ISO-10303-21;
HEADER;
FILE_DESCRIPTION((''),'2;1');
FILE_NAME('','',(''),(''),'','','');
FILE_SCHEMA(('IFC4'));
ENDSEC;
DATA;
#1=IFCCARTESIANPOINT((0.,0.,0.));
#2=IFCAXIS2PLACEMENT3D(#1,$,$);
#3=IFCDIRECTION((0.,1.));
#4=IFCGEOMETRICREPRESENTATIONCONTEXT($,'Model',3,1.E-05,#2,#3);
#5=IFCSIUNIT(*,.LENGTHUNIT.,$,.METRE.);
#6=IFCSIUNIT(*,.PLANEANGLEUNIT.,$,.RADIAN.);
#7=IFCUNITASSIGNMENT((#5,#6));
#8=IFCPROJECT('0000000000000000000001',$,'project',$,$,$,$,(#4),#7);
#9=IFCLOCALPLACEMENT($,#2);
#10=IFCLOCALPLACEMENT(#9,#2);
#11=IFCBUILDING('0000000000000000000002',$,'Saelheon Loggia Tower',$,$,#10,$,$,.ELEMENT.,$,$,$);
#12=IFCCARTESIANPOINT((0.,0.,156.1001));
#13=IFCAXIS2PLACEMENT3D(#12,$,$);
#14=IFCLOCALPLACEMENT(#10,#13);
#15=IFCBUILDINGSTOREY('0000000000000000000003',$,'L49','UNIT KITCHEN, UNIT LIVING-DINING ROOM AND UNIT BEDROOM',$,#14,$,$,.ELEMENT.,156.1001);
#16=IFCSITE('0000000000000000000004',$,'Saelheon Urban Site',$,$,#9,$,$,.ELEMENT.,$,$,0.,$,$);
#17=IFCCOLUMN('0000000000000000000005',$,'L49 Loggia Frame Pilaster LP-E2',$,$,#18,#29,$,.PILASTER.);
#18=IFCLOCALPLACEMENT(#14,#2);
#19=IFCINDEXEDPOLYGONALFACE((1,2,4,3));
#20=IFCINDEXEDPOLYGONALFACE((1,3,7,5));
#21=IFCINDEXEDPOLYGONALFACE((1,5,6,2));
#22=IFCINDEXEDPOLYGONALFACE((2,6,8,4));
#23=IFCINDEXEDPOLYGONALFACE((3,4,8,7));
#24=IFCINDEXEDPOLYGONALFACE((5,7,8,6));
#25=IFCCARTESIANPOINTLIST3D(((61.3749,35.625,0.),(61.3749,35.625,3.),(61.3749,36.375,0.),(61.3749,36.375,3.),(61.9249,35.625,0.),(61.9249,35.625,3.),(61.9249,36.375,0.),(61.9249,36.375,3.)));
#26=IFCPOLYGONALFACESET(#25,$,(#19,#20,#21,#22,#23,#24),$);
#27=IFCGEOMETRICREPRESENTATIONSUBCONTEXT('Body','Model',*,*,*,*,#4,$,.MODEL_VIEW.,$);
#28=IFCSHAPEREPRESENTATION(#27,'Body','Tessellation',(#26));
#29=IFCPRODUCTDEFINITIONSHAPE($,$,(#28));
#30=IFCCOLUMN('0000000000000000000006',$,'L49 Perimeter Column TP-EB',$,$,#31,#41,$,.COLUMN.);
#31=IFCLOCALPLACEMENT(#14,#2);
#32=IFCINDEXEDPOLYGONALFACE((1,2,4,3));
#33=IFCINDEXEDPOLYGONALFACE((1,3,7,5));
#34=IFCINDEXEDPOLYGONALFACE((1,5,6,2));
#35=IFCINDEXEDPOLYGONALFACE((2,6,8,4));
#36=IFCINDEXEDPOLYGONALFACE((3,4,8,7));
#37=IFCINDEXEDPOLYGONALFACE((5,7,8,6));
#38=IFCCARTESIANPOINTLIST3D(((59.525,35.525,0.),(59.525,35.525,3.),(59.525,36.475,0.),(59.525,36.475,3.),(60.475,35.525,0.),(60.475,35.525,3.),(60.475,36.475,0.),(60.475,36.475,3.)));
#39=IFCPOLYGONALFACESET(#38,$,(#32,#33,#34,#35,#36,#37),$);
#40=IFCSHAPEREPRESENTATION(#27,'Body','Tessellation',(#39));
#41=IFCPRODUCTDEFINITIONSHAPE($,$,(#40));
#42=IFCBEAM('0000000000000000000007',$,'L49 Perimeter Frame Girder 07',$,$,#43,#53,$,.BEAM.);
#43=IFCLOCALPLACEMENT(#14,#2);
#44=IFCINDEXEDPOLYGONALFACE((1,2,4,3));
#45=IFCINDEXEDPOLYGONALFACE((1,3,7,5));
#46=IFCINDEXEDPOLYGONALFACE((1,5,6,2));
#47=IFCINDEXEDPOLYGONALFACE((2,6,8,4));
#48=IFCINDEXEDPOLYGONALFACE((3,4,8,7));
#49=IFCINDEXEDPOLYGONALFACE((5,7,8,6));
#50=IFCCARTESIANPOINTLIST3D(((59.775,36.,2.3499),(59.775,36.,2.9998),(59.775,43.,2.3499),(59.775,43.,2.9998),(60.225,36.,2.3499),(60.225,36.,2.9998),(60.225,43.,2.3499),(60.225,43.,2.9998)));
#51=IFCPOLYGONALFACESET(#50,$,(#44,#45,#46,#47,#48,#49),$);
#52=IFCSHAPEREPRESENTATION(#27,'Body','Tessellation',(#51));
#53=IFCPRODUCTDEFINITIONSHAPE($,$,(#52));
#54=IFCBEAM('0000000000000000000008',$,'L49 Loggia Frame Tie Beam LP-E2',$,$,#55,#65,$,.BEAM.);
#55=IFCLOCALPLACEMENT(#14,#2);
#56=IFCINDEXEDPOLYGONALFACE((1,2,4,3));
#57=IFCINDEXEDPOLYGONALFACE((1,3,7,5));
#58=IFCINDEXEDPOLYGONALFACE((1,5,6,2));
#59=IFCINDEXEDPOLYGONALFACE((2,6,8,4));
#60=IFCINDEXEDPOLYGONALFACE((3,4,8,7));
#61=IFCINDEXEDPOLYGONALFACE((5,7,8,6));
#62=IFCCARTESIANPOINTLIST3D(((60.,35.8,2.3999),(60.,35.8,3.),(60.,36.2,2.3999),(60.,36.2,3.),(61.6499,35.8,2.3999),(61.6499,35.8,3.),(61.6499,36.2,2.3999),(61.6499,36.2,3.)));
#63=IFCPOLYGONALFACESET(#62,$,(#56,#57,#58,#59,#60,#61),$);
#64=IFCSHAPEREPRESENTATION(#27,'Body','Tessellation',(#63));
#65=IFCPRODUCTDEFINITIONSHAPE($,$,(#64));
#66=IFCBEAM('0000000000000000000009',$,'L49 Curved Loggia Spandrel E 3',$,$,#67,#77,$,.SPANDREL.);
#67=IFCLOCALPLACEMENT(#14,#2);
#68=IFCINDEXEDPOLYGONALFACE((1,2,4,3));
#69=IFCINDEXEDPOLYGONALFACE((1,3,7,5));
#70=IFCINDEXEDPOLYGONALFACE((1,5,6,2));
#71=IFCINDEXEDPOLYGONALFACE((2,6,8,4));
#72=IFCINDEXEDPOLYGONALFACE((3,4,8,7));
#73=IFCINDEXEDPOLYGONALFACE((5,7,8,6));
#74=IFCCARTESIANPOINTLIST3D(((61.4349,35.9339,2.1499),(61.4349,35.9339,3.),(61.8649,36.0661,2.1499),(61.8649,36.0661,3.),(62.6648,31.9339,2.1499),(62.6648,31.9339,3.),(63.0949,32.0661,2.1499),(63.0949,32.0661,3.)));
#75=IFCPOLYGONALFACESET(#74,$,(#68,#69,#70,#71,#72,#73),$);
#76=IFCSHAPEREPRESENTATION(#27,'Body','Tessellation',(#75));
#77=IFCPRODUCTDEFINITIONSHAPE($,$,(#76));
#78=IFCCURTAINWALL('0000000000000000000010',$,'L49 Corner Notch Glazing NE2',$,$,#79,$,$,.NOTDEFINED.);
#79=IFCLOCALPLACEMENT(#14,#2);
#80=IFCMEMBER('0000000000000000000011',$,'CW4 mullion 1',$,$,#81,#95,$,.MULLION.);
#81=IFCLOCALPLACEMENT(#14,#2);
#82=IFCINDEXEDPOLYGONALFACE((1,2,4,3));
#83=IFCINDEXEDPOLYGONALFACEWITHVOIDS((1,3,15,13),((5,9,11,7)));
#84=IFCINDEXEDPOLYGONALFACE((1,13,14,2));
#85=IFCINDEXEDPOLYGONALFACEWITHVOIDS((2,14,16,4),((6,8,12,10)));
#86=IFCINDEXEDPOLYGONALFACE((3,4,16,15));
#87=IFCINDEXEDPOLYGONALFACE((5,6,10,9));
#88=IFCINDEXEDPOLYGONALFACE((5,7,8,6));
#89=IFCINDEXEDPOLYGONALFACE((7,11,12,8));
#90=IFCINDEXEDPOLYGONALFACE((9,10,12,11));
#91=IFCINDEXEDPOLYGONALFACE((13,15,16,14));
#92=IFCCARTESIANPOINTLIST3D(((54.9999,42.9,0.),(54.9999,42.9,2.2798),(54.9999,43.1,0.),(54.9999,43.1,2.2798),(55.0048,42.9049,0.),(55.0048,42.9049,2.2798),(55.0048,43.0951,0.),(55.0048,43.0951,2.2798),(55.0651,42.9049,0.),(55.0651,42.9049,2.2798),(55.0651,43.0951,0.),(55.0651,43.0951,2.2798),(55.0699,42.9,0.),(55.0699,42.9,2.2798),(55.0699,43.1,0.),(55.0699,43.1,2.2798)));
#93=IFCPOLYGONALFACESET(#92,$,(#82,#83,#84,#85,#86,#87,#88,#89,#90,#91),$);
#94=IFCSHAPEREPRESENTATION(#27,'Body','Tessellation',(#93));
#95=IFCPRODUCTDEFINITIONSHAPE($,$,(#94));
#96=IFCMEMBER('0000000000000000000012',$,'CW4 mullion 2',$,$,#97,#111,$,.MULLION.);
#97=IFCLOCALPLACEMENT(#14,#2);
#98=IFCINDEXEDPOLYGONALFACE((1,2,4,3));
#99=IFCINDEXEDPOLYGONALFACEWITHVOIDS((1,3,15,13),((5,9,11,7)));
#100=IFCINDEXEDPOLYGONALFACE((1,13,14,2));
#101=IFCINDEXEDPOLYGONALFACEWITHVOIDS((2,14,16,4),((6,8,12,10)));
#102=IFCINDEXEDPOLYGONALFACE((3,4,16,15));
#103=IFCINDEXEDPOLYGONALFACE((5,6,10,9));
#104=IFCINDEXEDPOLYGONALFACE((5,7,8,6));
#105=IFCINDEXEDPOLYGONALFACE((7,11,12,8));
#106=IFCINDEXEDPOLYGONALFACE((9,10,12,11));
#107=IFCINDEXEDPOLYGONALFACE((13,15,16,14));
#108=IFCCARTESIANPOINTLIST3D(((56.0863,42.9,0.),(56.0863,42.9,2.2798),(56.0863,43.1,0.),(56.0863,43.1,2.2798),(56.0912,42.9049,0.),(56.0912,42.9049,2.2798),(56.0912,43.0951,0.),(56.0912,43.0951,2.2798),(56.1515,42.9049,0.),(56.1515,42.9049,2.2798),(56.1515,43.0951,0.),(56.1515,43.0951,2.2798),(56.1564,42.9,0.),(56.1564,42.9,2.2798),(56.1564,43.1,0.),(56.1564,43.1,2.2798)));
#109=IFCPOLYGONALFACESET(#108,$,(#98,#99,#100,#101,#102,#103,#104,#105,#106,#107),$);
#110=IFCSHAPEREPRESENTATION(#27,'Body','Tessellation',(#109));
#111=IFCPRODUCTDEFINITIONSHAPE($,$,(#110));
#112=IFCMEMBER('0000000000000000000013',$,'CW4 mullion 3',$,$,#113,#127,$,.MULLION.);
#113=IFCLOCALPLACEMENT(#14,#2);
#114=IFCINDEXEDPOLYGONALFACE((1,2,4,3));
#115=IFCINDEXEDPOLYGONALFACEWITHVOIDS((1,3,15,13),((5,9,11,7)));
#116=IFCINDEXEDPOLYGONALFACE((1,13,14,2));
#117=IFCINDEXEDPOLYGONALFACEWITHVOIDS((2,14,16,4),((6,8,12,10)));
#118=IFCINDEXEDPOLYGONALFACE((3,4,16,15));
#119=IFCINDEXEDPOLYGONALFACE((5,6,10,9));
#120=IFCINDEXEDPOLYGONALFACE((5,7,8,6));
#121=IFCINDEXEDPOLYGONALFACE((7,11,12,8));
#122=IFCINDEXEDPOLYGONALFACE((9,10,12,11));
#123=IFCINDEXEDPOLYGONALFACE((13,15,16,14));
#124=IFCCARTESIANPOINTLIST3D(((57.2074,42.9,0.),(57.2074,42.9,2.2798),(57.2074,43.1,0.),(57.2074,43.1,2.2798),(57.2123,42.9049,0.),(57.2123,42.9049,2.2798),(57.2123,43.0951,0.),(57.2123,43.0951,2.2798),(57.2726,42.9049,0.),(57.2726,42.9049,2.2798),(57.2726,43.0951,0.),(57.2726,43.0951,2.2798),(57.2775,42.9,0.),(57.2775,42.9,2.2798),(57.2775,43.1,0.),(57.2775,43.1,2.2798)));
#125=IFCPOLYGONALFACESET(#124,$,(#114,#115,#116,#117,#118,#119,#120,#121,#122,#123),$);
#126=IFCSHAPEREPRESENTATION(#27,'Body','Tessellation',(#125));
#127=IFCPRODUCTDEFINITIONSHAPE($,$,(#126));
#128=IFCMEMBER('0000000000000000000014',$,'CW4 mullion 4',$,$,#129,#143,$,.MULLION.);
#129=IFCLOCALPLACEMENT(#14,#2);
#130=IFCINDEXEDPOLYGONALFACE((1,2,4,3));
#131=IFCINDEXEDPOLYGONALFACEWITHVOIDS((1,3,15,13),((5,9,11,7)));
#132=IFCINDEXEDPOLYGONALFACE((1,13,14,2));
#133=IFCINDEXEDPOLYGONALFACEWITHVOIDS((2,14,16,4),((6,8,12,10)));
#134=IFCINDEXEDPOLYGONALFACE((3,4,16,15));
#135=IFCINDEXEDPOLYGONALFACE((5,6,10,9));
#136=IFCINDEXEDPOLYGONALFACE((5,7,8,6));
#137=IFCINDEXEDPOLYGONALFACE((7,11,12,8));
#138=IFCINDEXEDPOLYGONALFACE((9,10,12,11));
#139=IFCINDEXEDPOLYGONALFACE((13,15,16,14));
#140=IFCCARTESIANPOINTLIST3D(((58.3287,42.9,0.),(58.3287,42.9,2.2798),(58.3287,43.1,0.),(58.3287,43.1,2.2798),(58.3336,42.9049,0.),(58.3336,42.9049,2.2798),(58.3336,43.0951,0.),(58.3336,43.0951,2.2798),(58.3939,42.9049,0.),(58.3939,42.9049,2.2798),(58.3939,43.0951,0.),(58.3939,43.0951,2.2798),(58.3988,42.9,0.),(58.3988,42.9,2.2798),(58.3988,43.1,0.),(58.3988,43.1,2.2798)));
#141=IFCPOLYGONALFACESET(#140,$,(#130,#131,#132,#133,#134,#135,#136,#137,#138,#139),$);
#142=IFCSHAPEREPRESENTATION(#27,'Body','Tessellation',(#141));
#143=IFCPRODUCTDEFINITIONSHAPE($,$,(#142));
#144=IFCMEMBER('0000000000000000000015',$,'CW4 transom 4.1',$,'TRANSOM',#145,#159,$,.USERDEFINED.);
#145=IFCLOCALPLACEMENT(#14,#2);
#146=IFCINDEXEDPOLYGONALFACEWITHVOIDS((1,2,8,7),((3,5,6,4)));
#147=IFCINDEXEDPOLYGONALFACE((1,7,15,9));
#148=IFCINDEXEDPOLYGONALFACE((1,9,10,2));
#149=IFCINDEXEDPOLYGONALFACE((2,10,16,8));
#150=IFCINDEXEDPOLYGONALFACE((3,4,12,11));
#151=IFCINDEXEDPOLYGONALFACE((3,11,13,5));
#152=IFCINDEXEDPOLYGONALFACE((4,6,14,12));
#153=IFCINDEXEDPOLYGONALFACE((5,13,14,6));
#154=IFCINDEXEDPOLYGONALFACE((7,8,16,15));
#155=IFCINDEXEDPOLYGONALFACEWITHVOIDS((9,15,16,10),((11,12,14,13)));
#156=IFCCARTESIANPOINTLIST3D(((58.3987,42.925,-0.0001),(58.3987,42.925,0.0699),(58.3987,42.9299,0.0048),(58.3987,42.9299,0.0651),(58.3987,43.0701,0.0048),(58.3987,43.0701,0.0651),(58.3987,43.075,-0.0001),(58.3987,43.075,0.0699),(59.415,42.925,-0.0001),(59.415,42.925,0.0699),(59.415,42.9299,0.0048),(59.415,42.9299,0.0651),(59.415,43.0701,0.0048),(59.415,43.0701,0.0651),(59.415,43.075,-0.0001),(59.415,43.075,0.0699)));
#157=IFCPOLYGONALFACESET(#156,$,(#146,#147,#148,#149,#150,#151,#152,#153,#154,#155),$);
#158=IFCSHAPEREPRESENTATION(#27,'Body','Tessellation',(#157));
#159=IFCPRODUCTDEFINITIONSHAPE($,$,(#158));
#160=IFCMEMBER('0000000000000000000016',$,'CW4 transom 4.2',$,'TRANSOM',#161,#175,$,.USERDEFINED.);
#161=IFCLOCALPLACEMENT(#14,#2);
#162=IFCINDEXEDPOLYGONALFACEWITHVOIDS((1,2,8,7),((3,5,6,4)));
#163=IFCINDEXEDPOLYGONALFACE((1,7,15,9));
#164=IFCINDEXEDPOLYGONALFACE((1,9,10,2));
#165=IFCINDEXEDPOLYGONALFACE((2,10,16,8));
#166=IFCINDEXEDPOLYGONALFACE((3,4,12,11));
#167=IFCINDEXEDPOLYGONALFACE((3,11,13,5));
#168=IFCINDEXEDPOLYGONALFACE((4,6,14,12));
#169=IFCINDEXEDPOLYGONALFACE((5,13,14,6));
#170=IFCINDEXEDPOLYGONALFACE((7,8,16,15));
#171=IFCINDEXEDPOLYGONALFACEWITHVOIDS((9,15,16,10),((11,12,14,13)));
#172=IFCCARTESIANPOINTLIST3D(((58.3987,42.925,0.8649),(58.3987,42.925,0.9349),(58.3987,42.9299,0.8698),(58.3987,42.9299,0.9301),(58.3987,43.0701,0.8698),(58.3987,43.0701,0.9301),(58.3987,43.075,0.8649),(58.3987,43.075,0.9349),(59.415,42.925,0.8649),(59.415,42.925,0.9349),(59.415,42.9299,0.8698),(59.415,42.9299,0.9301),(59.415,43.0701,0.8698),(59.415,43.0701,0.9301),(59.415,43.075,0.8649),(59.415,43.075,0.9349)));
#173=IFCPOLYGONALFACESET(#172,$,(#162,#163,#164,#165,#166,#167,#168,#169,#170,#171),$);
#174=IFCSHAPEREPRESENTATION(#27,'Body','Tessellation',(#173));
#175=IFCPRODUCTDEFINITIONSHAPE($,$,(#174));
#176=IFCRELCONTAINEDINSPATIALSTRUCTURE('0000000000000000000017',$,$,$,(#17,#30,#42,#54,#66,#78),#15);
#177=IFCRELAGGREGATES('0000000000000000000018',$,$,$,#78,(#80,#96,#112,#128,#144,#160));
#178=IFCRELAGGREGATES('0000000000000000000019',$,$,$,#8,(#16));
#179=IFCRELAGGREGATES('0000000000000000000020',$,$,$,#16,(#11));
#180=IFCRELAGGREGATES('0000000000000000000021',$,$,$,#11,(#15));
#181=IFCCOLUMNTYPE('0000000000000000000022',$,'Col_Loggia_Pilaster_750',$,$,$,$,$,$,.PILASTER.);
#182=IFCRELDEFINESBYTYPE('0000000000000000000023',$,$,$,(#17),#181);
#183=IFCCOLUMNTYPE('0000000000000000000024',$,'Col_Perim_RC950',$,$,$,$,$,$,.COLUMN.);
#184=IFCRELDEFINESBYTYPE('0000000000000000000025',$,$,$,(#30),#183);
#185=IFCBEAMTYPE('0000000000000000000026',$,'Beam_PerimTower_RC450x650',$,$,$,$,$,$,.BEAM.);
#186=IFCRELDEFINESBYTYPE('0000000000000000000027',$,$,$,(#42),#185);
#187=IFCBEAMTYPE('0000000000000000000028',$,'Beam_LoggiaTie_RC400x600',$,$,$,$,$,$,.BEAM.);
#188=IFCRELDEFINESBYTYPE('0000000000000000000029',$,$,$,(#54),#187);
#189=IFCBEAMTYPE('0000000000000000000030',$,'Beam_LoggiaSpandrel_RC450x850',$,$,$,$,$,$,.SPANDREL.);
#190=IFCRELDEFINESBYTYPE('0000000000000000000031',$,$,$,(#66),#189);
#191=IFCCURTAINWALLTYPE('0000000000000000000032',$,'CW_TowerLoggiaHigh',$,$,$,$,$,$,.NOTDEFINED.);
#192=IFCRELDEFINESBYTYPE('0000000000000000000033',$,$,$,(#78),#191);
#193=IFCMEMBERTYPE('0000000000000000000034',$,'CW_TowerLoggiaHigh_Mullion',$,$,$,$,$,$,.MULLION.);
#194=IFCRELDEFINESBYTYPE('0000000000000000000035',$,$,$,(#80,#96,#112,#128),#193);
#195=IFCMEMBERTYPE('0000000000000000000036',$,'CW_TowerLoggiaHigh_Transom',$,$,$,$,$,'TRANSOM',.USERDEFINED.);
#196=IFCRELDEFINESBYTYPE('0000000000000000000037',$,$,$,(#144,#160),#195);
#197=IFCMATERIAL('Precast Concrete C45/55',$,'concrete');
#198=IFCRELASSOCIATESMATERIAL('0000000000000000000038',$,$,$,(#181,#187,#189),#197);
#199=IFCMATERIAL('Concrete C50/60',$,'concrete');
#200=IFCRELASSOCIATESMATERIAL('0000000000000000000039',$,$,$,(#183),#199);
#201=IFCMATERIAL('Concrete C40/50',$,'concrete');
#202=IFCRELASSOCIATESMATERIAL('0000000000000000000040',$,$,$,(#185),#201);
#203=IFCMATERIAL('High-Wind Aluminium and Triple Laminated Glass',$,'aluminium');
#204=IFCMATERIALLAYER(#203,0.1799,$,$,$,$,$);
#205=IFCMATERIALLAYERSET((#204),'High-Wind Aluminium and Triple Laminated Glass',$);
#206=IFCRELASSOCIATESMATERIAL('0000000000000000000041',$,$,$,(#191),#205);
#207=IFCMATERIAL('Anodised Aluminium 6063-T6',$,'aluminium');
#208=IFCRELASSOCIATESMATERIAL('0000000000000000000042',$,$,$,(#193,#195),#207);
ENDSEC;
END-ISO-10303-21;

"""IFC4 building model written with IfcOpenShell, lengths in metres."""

from ifc_helpers import new_model, si_unit, direction, frame, origin, origin_2d, place, context, subcontext, project, spatial, rectangle, hollow_rectangle, extrude, source, transform, mapped, material, layer, layer_set, material_profile, profile_set, type_object, element, aggregate, save


model = new_model("IFC4")

# Units and contexts
model_context = context("Model", 3, precision=1e-05, world=origin(), true_north=direction((0.0, 1.0)))
body_context = subcontext(model_context, "Body", "Model", "MODEL_VIEW")
ifc_project = project(units=[si_unit("LENGTHUNIT", "METRE"), si_unit("PLANEANGLEUNIT", "RADIAN")], contexts=[model_context])

# Site, building, storey
site_placement = place(None, origin())
site = spatial("IfcSite", under=ifc_project, at=site_placement, Name="Saelheon Urban Site", CompositionType="ELEMENT", RefElevation=0.0)
building_placement = place(site_placement, origin())
building = spatial("IfcBuilding", under=site, at=building_placement, Name="Saelheon Loggia Tower", CompositionType="ELEMENT")
storey_placement = place(building_placement, frame((0.0, 0.0, 156.1001)))
storey = spatial("IfcBuildingStorey", under=building, at=storey_placement, Name="L49", Description="UNIT KITCHEN, UNIT LIVING-DINING ROOM AND UNIT BEDROOM", CompositionType="ELEMENT", Elevation=156.1001)

# Columns
ifc_material_1 = material(Name="Precast Concrete C45/55", Category="concrete")
ifc_material_profile_1 = material_profile(ifc_material_1, rectangle(XDim=0.55, YDim=0.75, at=origin_2d()), Name="RC-550x750")
ifc_profile_set_1 = profile_set([ifc_material_profile_1], Name="Precast Concrete C45/55")
column_type_1 = type_object("IfcColumnType", Name="Col_Loggia_Pilaster_750", PredefinedType="PILASTER", material=ifc_profile_set_1)
shared_shape_1 = source(origin(), body_context, "Body", "SweptSolid", [
    extrude(rectangle(XDim=0.55, YDim=0.75, at=origin_2d()), origin(), (0.0, 0.0, 1.0), 3.0),
])
column_1_placement = place(storey_placement, frame((61.6499, 36.0, 0.0), z_axis=(0.0, 0.0, 1.0), x_axis=(1.0, 0.0, 0.0)))
element("IfcColumn", 1, at=column_1_placement, inside=storey, type_object=column_type_1, Name="L49 Loggia Frame Pilaster LP-E2", PredefinedType="PILASTER", context=body_context, shape_type="MappedRepresentation", body=[
    mapped(shared_shape_1, transform((0.0, 0.0, 0.0), scale=1.0)),
])
ifc_material_2 = material(Name="Concrete C50/60", Category="concrete")
ifc_material_profile_2 = material_profile(ifc_material_2, rectangle(XDim=0.95, YDim=0.95, at=origin_2d()), Name="RC-950x950")
ifc_profile_set_2 = profile_set([ifc_material_profile_2], Name="Concrete C50/60")
column_type_2 = type_object("IfcColumnType", Name="Col_Perim_RC950", PredefinedType="COLUMN", material=ifc_profile_set_2)
shared_shape_2 = source(origin(), body_context, "Body", "SweptSolid", [
    extrude(rectangle(XDim=0.95, YDim=0.95, at=origin_2d()), origin(), (0.0, 0.0, 1.0), 3.0),
])
column_2_placement = place(storey_placement, frame((60.0, 36.0, 0.0), z_axis=(0.0, 0.0, 1.0), x_axis=(1.0, 0.0, 0.0)))
element("IfcColumn", 2, at=column_2_placement, inside=storey, type_object=column_type_2, Name="L49 Perimeter Column TP-EB", PredefinedType="COLUMN", context=body_context, shape_type="MappedRepresentation", body=[
    mapped(shared_shape_2, transform((0.0, 0.0, 0.0), scale=1.0)),
])

# Beams
ifc_material_3 = material(Name="Concrete C40/50", Category="concrete")
ifc_material_profile_3 = material_profile(ifc_material_3, rectangle(XDim=0.45, YDim=0.6499, at=origin_2d()), Name="RC-450x650")
ifc_profile_set_3 = profile_set([ifc_material_profile_3], Name="Concrete C40/50")
beam_type_1 = type_object("IfcBeamType", Name="Beam_PerimTower_RC450x650", PredefinedType="BEAM", material=ifc_profile_set_3)
shared_shape_3 = source(origin(), body_context, "Body", "SweptSolid", [
    extrude(rectangle(XDim=0.45, YDim=0.6499, at=origin_2d()), origin(), (0.0, 0.0, 1.0), 7.0),
])
beam_1_placement = place(storey_placement, frame((60.0, 36.0, 2.6748), z_axis=(0.0, 1.0, 0.0), x_axis=(-1.0, 0.0, 0.0)))
element("IfcBeam", 3, at=beam_1_placement, inside=storey, type_object=beam_type_1, Name="L49 Perimeter Frame Girder 07", PredefinedType="BEAM", context=body_context, shape_type="MappedRepresentation", body=[
    mapped(shared_shape_3, transform((0.0, 0.0, 0.0), scale=1.0)),
])
ifc_material_profile_4 = material_profile(ifc_material_1, rectangle(XDim=0.3999, YDim=0.6001, at=origin_2d()), Name="RC-400x600")
ifc_profile_set_4 = profile_set([ifc_material_profile_4], Name="Precast Concrete C45/55")
beam_type_2 = type_object("IfcBeamType", Name="Beam_LoggiaTie_RC400x600", PredefinedType="BEAM", material=ifc_profile_set_4)
shared_shape_4 = source(origin(), body_context, "Body", "SweptSolid", [
    extrude(rectangle(XDim=0.3999, YDim=0.6001, at=origin_2d()), origin(), (0.0, 0.0, 1.0), 1.6499),
])
beam_2_placement = place(storey_placement, frame((60.0, 36.0, 2.7), z_axis=(1.0, 0.0, 0.0), x_axis=(0.0, 1.0, 0.0)))
element("IfcBeam", 4, at=beam_2_placement, inside=storey, type_object=beam_type_2, Name="L49 Loggia Frame Tie Beam LP-E2", PredefinedType="BEAM", context=body_context, shape_type="MappedRepresentation", body=[
    mapped(shared_shape_4, transform((0.0, 0.0, 0.0), scale=1.0)),
])
ifc_material_profile_5 = material_profile(ifc_material_1, rectangle(XDim=0.45, YDim=0.8501, at=origin_2d()), Name="RC-450x850")
ifc_profile_set_5 = profile_set([ifc_material_profile_5], Name="Precast Concrete C45/55")
beam_type_3 = type_object("IfcBeamType", Name="Beam_LoggiaSpandrel_RC450x850", PredefinedType="SPANDREL", material=ifc_profile_set_5)
shared_shape_5 = source(origin(), body_context, "Body", "SweptSolid", [
    extrude(rectangle(XDim=0.45, YDim=0.8501, at=origin_2d()), origin(), (0.0, 0.0, 1.0), 4.1848),
])
beam_3_placement = place(storey_placement, frame((62.8799, 32.0, 2.575), z_axis=(-0.293914, 0.955832, 0.0), x_axis=(-0.955832, -0.293914, 0.0)))
element("IfcBeam", 5, at=beam_3_placement, inside=storey, type_object=beam_type_3, Name="L49 Curved Loggia Spandrel E 3", PredefinedType="SPANDREL", context=body_context, shape_type="MappedRepresentation", body=[
    mapped(shared_shape_5, transform((0.0, 0.0, 0.0), scale=1.0)),
])

# Curtain wall, members
ifc_material_4 = material(Name="High-Wind Aluminium and Triple Laminated Glass", Category="aluminium")
ifc_layer_1 = layer(ifc_material_4, 0.1799)
ifc_layer_set_1 = layer_set([ifc_layer_1], Name="High-Wind Aluminium and Triple Laminated Glass")
curtain_wall_type = type_object("IfcCurtainWallType", Name="CW_TowerLoggiaHigh", PredefinedType="NOTDEFINED", material=ifc_layer_set_1)
curtain_wall_placement = place(storey_placement, origin())
curtain_wall = element("IfcCurtainWall", 6, at=curtain_wall_placement, inside=storey, type_object=curtain_wall_type, Name="L49 Corner Notch Glazing NE2", PredefinedType="NOTDEFINED")
ifc_material_5 = material(Name="Anodised Aluminium 6063-T6", Category="aluminium")
ifc_material_profile_6 = material_profile(ifc_material_5, hollow_rectangle(XDim=0.0701, YDim=0.2, WallThickness=0.0049, at=origin_2d()), Name="RHS-200x70x5")
ifc_profile_set_6 = profile_set([ifc_material_profile_6], Name="Anodised Aluminium 6063-T6")
member_type_1 = type_object("IfcMemberType", Name="CW_TowerLoggiaHigh_Mullion", PredefinedType="MULLION", material=ifc_profile_set_6)
shared_shape_6 = source(origin(), body_context, "Body", "SweptSolid", [
    extrude(hollow_rectangle(XDim=0.0701, YDim=0.2, WallThickness=0.0049, at=origin_2d()), origin(), (0.0, 0.0, 1.0), 2.2798),
])
member_1_placement = place(storey_placement, frame((55.0349, 43.0, 0.0), z_axis=(0.0, 0.0, 1.0), x_axis=(1.0, 0.0, 0.0)))
member_1 = element("IfcMember", 7, at=member_1_placement, type_object=member_type_1, Name="CW4 mullion 1", PredefinedType="MULLION", context=body_context, shape_type="MappedRepresentation", body=[
    mapped(shared_shape_6, transform((0.0, 0.0, 0.0), scale=1.0)),
])
member_2_placement = place(storey_placement, frame((56.1213, 43.0, 0.0), z_axis=(0.0, 0.0, 1.0), x_axis=(1.0, 0.0, 0.0)))
member_2 = element("IfcMember", 8, at=member_2_placement, type_object=member_type_1, Name="CW4 mullion 2", PredefinedType="MULLION", context=body_context, shape_type="MappedRepresentation", body=[
    mapped(shared_shape_6, transform((0.0, 0.0, 0.0), scale=1.0)),
])
member_3_placement = place(storey_placement, frame((57.2424, 43.0, 0.0), z_axis=(0.0, 0.0, 1.0), x_axis=(1.0, 0.0, 0.0)))
member_3 = element("IfcMember", 9, at=member_3_placement, type_object=member_type_1, Name="CW4 mullion 3", PredefinedType="MULLION", context=body_context, shape_type="MappedRepresentation", body=[
    mapped(shared_shape_6, transform((0.0, 0.0, 0.0), scale=1.0)),
])
member_4_placement = place(storey_placement, frame((58.3638, 43.0, 0.0), z_axis=(0.0, 0.0, 1.0), x_axis=(1.0, 0.0, 0.0)))
member_4 = element("IfcMember", 10, at=member_4_placement, type_object=member_type_1, Name="CW4 mullion 4", PredefinedType="MULLION", context=body_context, shape_type="MappedRepresentation", body=[
    mapped(shared_shape_6, transform((0.0, 0.0, 0.0), scale=1.0)),
])
ifc_material_profile_7 = material_profile(ifc_material_5, hollow_rectangle(XDim=0.0701, YDim=0.1499, WallThickness=0.0049, at=origin_2d()), Name="RHS-150x70x5")
ifc_profile_set_7 = profile_set([ifc_material_profile_7], Name="Anodised Aluminium 6063-T6")
member_type_2 = type_object("IfcMemberType", Name="CW_TowerLoggiaHigh_Transom", ElementType="TRANSOM", PredefinedType="USERDEFINED", material=ifc_profile_set_7)
shared_shape_7 = source(origin(), body_context, "Body", "SweptSolid", [
    extrude(hollow_rectangle(XDim=0.0701, YDim=0.1499, WallThickness=0.0049, at=origin_2d()), origin(), (0.0, 0.0, 1.0), 1.0164),
])
member_5_placement = place(storey_placement, frame((58.3987, 43.0, 0.0349), z_axis=(1.0, 0.0, 0.0), x_axis=(0.0, 0.0, 1.0)))
member_5 = element("IfcMember", 11, at=member_5_placement, type_object=member_type_2, Name="CW4 transom 4.1", ObjectType="TRANSOM", PredefinedType="USERDEFINED", context=body_context, shape_type="MappedRepresentation", body=[
    mapped(shared_shape_7, transform((0.0, 0.0, 0.0), scale=1.0)),
])
member_6_placement = place(storey_placement, frame((58.3987, 43.0, 0.8999), z_axis=(1.0, 0.0, 0.0), x_axis=(0.0, 0.0, 1.0)))
member_6 = element("IfcMember", 12, at=member_6_placement, type_object=member_type_2, Name="CW4 transom 4.2", ObjectType="TRANSOM", PredefinedType="USERDEFINED", context=body_context, shape_type="MappedRepresentation", body=[
    mapped(shared_shape_7, transform((0.0, 0.0, 0.0), scale=1.0)),
])
aggregate(curtain_wall, [member_1, member_2, member_3, member_4, member_5, member_6])

save(model, "model.ifc")
